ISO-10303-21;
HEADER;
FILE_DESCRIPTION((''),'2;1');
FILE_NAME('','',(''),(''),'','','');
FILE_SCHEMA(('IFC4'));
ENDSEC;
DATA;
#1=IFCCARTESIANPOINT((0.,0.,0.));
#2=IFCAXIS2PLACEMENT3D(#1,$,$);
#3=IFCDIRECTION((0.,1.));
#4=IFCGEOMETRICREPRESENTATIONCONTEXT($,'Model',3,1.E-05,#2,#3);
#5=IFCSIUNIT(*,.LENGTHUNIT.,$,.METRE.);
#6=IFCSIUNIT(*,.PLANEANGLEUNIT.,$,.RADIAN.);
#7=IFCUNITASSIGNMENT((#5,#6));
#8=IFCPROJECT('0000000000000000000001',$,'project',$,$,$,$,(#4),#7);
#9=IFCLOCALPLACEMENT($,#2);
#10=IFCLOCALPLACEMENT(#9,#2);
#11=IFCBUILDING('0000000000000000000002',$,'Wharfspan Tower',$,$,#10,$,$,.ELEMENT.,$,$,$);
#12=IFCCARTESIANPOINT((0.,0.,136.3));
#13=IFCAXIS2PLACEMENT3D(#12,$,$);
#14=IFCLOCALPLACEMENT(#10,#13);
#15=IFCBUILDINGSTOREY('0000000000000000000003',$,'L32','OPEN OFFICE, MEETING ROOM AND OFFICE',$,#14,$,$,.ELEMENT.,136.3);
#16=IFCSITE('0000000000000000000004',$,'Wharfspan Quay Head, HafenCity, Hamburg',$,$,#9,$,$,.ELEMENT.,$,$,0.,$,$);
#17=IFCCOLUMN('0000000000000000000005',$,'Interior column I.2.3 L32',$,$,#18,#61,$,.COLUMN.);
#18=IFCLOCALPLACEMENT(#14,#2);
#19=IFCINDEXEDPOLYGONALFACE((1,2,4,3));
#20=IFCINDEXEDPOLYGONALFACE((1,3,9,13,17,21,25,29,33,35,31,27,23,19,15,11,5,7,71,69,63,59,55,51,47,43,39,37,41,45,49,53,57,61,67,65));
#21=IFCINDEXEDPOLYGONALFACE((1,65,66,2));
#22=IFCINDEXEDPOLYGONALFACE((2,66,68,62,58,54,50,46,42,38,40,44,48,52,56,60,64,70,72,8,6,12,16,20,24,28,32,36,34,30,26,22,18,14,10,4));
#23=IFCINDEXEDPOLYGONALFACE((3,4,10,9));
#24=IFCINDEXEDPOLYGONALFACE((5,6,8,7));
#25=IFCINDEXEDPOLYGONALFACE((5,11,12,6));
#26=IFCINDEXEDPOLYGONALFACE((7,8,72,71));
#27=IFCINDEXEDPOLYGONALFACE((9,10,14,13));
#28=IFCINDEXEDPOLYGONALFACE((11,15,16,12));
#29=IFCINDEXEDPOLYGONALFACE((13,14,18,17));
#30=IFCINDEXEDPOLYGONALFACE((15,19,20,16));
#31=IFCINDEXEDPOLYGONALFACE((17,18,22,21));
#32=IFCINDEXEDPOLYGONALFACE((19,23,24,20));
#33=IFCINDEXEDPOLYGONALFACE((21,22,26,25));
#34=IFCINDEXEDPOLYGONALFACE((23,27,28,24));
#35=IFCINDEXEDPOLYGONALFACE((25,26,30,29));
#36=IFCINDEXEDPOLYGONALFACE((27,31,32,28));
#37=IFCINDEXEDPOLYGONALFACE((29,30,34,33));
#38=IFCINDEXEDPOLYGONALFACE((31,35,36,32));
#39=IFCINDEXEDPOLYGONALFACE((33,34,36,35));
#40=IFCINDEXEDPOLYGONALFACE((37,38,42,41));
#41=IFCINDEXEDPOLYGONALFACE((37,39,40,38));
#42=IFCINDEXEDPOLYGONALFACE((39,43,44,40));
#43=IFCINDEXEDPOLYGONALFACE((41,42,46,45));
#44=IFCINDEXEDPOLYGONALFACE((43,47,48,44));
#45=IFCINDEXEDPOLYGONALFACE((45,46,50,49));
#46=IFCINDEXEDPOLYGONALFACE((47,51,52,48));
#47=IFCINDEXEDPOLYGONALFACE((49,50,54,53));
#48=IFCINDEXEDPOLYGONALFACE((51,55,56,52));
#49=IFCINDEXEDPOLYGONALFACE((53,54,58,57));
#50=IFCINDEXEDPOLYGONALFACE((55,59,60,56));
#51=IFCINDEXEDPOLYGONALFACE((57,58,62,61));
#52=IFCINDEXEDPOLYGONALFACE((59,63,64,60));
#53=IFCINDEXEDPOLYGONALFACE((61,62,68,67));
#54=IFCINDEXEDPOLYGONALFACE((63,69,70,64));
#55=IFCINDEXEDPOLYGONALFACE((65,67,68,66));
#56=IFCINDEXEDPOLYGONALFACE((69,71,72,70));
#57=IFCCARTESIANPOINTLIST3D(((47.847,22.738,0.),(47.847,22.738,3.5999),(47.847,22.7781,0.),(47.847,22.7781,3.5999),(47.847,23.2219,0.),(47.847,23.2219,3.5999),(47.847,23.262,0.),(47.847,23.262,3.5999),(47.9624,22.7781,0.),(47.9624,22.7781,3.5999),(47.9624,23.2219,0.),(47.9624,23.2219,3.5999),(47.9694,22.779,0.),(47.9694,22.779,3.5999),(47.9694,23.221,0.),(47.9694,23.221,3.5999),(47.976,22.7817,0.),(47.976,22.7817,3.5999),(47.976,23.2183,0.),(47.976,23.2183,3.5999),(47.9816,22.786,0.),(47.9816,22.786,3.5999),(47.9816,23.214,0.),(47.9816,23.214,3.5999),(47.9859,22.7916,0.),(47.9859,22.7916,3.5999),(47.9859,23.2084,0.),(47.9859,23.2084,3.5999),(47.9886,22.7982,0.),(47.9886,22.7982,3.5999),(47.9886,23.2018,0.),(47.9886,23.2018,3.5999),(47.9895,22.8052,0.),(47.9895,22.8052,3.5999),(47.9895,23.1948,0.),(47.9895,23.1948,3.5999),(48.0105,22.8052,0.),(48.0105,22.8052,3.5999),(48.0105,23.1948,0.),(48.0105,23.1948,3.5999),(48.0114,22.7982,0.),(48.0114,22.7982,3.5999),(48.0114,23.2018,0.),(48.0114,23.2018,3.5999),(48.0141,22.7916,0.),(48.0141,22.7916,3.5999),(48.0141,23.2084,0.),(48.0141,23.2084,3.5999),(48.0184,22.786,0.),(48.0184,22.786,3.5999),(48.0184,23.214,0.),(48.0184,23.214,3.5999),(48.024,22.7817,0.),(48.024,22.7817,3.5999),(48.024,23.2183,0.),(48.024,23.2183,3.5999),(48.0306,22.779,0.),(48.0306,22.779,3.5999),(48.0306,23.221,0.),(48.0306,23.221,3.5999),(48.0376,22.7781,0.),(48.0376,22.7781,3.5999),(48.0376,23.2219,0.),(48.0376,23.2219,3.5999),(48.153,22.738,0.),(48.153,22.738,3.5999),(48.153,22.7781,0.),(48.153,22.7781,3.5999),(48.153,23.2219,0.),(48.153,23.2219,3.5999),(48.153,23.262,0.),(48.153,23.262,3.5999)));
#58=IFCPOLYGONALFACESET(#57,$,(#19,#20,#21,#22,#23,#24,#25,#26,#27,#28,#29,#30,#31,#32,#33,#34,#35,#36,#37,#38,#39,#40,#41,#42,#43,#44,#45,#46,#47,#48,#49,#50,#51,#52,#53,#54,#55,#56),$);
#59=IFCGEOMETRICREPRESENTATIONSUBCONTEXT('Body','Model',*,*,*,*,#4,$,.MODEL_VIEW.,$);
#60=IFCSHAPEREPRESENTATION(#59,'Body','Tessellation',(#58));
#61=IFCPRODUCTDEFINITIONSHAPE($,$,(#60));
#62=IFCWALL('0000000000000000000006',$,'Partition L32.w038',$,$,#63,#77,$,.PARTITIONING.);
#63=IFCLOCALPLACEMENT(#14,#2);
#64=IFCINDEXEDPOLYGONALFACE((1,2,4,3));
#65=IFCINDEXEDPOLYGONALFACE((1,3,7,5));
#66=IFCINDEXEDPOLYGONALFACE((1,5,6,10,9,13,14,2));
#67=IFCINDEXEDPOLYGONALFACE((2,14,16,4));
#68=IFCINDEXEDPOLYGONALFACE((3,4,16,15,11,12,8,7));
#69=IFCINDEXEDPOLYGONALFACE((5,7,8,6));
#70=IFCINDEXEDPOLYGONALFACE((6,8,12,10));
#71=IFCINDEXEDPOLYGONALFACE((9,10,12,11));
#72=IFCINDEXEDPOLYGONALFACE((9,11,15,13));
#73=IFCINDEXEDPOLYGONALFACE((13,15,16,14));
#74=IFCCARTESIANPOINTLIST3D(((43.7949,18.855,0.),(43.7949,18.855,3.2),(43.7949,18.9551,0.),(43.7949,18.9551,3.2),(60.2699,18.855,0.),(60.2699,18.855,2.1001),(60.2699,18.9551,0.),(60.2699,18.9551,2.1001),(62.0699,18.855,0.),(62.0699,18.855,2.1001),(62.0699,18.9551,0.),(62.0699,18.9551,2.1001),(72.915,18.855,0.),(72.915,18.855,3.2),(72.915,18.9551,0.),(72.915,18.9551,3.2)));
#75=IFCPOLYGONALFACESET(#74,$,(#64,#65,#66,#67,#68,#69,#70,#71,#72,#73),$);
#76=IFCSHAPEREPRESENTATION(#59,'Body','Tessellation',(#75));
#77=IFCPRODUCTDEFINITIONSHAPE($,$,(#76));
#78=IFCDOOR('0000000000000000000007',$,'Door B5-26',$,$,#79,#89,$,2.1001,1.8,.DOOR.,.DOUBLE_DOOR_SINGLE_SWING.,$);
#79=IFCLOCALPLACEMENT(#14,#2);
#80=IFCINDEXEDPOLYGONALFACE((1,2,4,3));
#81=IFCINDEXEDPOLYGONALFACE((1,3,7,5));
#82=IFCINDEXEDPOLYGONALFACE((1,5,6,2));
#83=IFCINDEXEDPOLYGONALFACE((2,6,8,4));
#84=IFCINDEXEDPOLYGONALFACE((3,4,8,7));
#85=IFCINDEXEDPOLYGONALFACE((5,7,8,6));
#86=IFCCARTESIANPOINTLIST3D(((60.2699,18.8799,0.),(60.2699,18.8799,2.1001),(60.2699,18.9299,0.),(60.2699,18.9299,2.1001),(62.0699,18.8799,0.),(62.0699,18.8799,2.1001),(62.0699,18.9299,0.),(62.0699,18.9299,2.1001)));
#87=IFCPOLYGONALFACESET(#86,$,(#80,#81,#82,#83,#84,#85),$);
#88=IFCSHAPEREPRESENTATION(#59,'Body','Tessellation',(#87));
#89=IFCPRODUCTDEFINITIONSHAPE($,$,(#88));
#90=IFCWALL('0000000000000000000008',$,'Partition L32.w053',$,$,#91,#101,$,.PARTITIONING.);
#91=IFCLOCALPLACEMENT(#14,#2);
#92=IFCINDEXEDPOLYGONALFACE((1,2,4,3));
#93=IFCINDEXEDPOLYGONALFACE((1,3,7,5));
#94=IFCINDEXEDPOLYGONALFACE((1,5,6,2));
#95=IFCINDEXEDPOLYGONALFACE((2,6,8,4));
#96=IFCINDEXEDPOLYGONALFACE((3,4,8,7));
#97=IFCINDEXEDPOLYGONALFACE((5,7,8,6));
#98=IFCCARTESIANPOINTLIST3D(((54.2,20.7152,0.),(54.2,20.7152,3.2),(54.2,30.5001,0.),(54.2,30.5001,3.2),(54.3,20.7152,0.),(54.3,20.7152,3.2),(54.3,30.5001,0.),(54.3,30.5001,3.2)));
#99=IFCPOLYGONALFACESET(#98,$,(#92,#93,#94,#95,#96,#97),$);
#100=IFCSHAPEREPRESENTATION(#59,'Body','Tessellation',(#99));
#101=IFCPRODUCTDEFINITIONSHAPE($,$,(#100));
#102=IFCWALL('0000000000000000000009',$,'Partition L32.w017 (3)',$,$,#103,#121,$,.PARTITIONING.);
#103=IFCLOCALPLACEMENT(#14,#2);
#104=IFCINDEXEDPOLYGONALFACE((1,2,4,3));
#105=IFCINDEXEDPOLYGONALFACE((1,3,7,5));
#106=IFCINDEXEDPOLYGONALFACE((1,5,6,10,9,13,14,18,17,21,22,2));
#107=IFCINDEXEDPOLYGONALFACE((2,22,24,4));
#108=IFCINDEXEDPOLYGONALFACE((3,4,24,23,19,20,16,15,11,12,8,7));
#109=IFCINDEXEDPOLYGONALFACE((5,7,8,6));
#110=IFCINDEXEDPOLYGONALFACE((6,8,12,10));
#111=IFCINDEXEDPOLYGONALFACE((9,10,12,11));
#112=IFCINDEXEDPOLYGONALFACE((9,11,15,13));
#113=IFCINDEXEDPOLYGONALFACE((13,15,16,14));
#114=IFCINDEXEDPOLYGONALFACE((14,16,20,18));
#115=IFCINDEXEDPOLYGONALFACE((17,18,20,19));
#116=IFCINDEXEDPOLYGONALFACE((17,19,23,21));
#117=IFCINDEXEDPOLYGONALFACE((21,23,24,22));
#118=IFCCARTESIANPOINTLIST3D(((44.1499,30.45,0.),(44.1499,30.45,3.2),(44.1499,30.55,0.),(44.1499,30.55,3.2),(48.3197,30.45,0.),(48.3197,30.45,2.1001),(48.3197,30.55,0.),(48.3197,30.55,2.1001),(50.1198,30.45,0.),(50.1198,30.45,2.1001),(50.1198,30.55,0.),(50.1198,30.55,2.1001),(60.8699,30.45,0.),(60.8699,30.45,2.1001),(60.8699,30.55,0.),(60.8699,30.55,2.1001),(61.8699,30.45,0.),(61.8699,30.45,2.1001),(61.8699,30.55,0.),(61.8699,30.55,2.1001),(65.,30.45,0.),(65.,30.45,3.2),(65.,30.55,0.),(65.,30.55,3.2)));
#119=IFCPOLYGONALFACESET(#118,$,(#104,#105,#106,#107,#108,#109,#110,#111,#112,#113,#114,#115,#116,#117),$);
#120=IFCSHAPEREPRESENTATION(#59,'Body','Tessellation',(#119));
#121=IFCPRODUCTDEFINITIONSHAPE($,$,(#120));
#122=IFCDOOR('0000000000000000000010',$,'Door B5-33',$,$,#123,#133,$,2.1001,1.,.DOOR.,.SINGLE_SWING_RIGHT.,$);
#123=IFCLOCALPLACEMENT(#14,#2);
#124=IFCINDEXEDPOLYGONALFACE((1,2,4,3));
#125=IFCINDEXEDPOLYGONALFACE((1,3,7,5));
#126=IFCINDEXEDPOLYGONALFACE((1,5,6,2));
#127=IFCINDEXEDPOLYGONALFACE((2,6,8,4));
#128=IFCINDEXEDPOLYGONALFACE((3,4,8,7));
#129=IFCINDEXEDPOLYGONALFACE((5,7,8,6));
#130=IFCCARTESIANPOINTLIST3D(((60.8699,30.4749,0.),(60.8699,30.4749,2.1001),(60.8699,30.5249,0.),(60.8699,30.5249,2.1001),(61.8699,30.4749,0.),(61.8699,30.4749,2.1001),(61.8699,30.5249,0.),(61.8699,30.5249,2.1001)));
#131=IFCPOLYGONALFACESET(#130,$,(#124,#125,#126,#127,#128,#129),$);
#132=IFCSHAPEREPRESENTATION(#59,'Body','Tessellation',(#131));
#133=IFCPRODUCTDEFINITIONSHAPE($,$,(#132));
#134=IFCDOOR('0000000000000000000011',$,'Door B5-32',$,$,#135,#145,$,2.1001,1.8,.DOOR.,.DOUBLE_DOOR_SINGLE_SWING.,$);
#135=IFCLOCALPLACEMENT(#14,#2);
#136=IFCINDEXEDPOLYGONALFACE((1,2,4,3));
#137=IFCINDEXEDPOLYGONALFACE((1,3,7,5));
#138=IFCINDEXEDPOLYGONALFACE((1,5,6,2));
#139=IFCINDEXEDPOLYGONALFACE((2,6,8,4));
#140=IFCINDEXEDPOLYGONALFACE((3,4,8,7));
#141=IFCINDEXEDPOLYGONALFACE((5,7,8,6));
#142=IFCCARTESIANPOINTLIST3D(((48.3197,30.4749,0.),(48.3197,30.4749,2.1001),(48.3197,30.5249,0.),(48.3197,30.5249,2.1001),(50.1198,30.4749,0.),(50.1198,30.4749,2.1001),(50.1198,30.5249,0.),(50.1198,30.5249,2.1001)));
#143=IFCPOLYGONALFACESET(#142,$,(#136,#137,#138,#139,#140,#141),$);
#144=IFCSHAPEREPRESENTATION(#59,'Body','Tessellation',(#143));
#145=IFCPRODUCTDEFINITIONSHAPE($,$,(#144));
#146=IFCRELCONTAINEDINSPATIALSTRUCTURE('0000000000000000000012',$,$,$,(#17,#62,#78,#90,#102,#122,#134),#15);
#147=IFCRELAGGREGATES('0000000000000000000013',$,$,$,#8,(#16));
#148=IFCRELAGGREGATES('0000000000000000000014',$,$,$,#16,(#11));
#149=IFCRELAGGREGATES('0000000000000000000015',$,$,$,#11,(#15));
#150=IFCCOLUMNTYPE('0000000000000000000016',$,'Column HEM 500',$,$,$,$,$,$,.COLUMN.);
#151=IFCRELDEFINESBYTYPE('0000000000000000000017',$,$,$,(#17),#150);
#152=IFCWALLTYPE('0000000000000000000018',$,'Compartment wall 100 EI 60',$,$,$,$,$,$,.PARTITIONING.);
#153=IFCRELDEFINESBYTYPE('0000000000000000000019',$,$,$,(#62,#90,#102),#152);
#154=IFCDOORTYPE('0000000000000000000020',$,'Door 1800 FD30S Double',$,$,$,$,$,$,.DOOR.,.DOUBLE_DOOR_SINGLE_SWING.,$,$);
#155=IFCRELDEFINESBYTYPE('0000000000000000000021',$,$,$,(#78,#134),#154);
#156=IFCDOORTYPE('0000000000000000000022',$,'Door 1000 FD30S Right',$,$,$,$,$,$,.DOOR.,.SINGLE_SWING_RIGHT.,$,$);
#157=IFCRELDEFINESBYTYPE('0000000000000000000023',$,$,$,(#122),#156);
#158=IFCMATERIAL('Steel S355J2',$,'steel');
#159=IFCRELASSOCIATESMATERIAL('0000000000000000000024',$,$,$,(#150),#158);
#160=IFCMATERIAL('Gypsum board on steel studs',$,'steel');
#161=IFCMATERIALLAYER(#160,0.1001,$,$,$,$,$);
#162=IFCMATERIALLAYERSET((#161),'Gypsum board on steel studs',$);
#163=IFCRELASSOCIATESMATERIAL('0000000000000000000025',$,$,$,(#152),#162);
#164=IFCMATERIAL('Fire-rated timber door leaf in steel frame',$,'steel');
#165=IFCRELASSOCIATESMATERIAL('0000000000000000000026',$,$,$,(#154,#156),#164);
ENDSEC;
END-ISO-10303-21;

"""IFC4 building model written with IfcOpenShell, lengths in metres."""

from ifc_helpers import new_model, si_unit, direction, frame, frame_2d, origin, origin_2d, place, context, subcontext, project, spatial, rectangle, i_section, extrude, material, layer, layer_set, material_profile, profile_set, type_object, element, fill, save


model = new_model("IFC4")

# Units and contexts
model_context = context("Model", 3, precision=1e-05, world=origin(), true_north=direction((0.0, 1.0)))
body_context = subcontext(model_context, "Body", "Model", "MODEL_VIEW")
ifc_project = project(units=[si_unit("LENGTHUNIT", "METRE"), si_unit("PLANEANGLEUNIT", "RADIAN")], contexts=[model_context])

# Site, building, storey
site_placement = place(None, origin())
site = spatial("IfcSite", under=ifc_project, at=site_placement, Name="Wharfspan Quay Head, HafenCity, Hamburg", CompositionType="ELEMENT", RefElevation=0.0)
building_placement = place(site_placement, origin())
building = spatial("IfcBuilding", under=site, at=building_placement, Name="Wharfspan Tower", CompositionType="ELEMENT")
storey_placement = place(building_placement, frame((0.0, 0.0, 136.3)))
storey = spatial("IfcBuildingStorey", under=building, at=storey_placement, Name="L32", Description="OPEN OFFICE, MEETING ROOM AND OFFICE", CompositionType="ELEMENT", Elevation=136.3)

# Column
ifc_material_1 = material(Name="Steel S355J2", Category="steel")
ifc_material_profile = material_profile(ifc_material_1, i_section(OverallWidth=0.3059, OverallDepth=0.5239, WebThickness=0.021, FlangeThickness=0.04, FilletRadius=0.0271, at=origin_2d()))
ifc_profile_set = profile_set([ifc_material_profile], Name="Steel S355J2")
column_type = type_object("IfcColumnType", Name="Column HEM 500", PredefinedType="COLUMN", material=ifc_profile_set)
column_placement = place(storey_placement, frame((48.0, 23.0, 0.0), z_axis=(0.0, 0.0, 1.0), x_axis=(1.0, 0.0, 0.0)))
element("IfcColumn", 1, at=column_placement, inside=storey, type_object=column_type, Name="Interior column I.2.3 L32", PredefinedType="COLUMN", context=body_context, shape_type="SweptSolid", body=[
    extrude(i_section(OverallWidth=0.3059, OverallDepth=0.5239, WebThickness=0.021, FlangeThickness=0.04, FilletRadius=0.0271, at=origin_2d()), origin(), (0.0, 0.0, 1.0), 3.5999),
])

# Wall, opening, door
ifc_material_2 = material(Name="Gypsum board on steel studs", Category="steel")
ifc_layer_1 = layer(ifc_material_2, 0.1001)
ifc_layer_set_1 = layer_set([ifc_layer_1], Name="Gypsum board on steel studs")
wall_type_1 = type_object("IfcWallType", Name="Compartment wall 100 EI 60", PredefinedType="PARTITIONING", material=ifc_layer_set_1)
wall_1_placement = place(storey_placement, frame((43.7949, 18.905, 0.0), z_axis=(0.0, 0.0, 1.0), x_axis=(1.0, 0.0, 0.0)))
wall_1 = element("IfcWall", 2, at=wall_1_placement, inside=storey, type_object=wall_type_1, Name="Partition L32.w038", PredefinedType="PARTITIONING", context=body_context, shape_type="SweptSolid", body=[
    extrude(rectangle(XDim=29.1201, YDim=0.1001, at=frame_2d((14.5601, 0.0))), origin(), (0.0, 0.0, 1.0), 3.2),
])
opening_1_placement = place(wall_1_placement, frame((16.4751, 0.0, 0.0)))
opening_1 = element("IfcOpeningElement", 3, at=opening_1_placement, cuts=wall_1, PredefinedType="OPENING", context=body_context, shape_type="SweptSolid", body=[
    extrude(rectangle(XDim=1.8, YDim=2.1001, at=frame_2d((0.8999, 1.05))), frame((0.0, 0.0601, 0.0), z_axis=(0.0, -1.0, 0.0), x_axis=(1.0, 0.0, 0.0)), (0.0, 0.0, 1.0), 0.1201),
])
ifc_material_3 = material(Name="Fire-rated timber door leaf in steel frame", Category="steel")
door_type_1 = type_object("IfcDoorType", Name="Door 1800 FD30S Double", OperationType="DOUBLE_DOOR_SINGLE_SWING", PredefinedType="DOOR", material=ifc_material_3)
door_1_placement = place(opening_1_placement, origin())
door_1 = element("IfcDoor", 4, at=door_1_placement, inside=storey, type_object=door_type_1, Name="Door B5-26", OperationType="DOUBLE_DOOR_SINGLE_SWING", OverallHeight=2.1001, OverallWidth=1.8, PredefinedType="DOOR", context=body_context, shape_type="SweptSolid", body=[
    extrude(rectangle(XDim=1.8, YDim=2.1001, at=frame_2d((0.8999, 1.05))), frame((0.0, 0.0249, 0.0), z_axis=(0.0, -1.0, 0.0), x_axis=(1.0, 0.0, 0.0)), (0.0, 0.0, 1.0), 0.05),
])
fill(opening_1, door_1)

# Wall
wall_2_placement = place(storey_placement, frame((54.25, 20.7151, 0.0), z_axis=(0.0, 0.0, 1.0), x_axis=(0.0, 1.0, 0.0)))
element("IfcWall", 5, at=wall_2_placement, inside=storey, type_object=wall_type_1, Name="Partition L32.w053", PredefinedType="PARTITIONING", context=body_context, shape_type="SweptSolid", body=[
    extrude(rectangle(XDim=9.7849, YDim=0.1001, at=frame_2d((4.8926, 0.0))), origin(), (0.0, 0.0, 1.0), 3.2),
])

# Wall, openings, doors
wall_3_placement = place(storey_placement, frame((44.1499, 30.5, 0.0), z_axis=(0.0, 0.0, 1.0), x_axis=(1.0, 0.0, 0.0)))
wall_3 = element("IfcWall", 6, at=wall_3_placement, inside=storey, type_object=wall_type_1, Name="Partition L32.w017 (3)", PredefinedType="PARTITIONING", context=body_context, shape_type="SweptSolid", body=[
    extrude(rectangle(XDim=20.8501, YDim=0.1001, at=frame_2d((10.425, 0.0))), origin(), (0.0, 0.0, 1.0), 3.2),
])
opening_2_placement = place(wall_3_placement, frame((4.1699, 0.0, 0.0)))
opening_2 = element("IfcOpeningElement", 7, at=opening_2_placement, cuts=wall_3, PredefinedType="OPENING", context=body_context, shape_type="SweptSolid", body=[
    extrude(rectangle(XDim=1.8, YDim=2.1001, at=frame_2d((0.8999, 1.05))), frame((0.0, 0.0601, 0.0), z_axis=(0.0, -1.0, 0.0), x_axis=(1.0, 0.0, 0.0)), (0.0, 0.0, 1.0), 0.1201),
])
opening_3_placement = place(wall_3_placement, frame((16.72, 0.0, 0.0)))
opening_3 = element("IfcOpeningElement", 8, at=opening_3_placement, cuts=wall_3, PredefinedType="OPENING", context=body_context, shape_type="SweptSolid", body=[
    extrude(rectangle(XDim=1.0, YDim=2.1001, at=frame_2d((0.5, 1.05))), frame((0.0, 0.0601, 0.0), z_axis=(0.0, -1.0, 0.0), x_axis=(1.0, 0.0, 0.0)), (0.0, 0.0, 1.0), 0.1201),
])
door_type_2 = type_object("IfcDoorType", Name="Door 1000 FD30S Right", OperationType="SINGLE_SWING_RIGHT", PredefinedType="DOOR", material=ifc_material_3)
door_2_placement = place(opening_3_placement, origin())
door_2 = element("IfcDoor", 9, at=door_2_placement, inside=storey, type_object=door_type_2, Name="Door B5-33", OperationType="SINGLE_SWING_RIGHT", OverallHeight=2.1001, OverallWidth=1.0, PredefinedType="DOOR", context=body_context, shape_type="SweptSolid", body=[
    extrude(rectangle(XDim=1.0, YDim=2.1001, at=frame_2d((0.5, 1.05))), frame((0.0, 0.0249, 0.0), z_axis=(0.0, -1.0, 0.0), x_axis=(1.0, 0.0, 0.0)), (0.0, 0.0, 1.0), 0.05),
])
fill(opening_3, door_2)
door_3_placement = place(opening_2_placement, origin())
door_3 = element("IfcDoor", 10, at=door_3_placement, inside=storey, type_object=door_type_1, Name="Door B5-32", OperationType="DOUBLE_DOOR_SINGLE_SWING", OverallHeight=2.1001, OverallWidth=1.8, PredefinedType="DOOR", context=body_context, shape_type="SweptSolid", body=[
    extrude(rectangle(XDim=1.8, YDim=2.1001, at=frame_2d((0.8999, 1.05))), frame((0.0, 0.0249, 0.0), z_axis=(0.0, -1.0, 0.0), x_axis=(1.0, 0.0, 0.0)), (0.0, 0.0, 1.0), 0.05),
])
fill(opening_2, door_3)

save(model, "model.ifc")
